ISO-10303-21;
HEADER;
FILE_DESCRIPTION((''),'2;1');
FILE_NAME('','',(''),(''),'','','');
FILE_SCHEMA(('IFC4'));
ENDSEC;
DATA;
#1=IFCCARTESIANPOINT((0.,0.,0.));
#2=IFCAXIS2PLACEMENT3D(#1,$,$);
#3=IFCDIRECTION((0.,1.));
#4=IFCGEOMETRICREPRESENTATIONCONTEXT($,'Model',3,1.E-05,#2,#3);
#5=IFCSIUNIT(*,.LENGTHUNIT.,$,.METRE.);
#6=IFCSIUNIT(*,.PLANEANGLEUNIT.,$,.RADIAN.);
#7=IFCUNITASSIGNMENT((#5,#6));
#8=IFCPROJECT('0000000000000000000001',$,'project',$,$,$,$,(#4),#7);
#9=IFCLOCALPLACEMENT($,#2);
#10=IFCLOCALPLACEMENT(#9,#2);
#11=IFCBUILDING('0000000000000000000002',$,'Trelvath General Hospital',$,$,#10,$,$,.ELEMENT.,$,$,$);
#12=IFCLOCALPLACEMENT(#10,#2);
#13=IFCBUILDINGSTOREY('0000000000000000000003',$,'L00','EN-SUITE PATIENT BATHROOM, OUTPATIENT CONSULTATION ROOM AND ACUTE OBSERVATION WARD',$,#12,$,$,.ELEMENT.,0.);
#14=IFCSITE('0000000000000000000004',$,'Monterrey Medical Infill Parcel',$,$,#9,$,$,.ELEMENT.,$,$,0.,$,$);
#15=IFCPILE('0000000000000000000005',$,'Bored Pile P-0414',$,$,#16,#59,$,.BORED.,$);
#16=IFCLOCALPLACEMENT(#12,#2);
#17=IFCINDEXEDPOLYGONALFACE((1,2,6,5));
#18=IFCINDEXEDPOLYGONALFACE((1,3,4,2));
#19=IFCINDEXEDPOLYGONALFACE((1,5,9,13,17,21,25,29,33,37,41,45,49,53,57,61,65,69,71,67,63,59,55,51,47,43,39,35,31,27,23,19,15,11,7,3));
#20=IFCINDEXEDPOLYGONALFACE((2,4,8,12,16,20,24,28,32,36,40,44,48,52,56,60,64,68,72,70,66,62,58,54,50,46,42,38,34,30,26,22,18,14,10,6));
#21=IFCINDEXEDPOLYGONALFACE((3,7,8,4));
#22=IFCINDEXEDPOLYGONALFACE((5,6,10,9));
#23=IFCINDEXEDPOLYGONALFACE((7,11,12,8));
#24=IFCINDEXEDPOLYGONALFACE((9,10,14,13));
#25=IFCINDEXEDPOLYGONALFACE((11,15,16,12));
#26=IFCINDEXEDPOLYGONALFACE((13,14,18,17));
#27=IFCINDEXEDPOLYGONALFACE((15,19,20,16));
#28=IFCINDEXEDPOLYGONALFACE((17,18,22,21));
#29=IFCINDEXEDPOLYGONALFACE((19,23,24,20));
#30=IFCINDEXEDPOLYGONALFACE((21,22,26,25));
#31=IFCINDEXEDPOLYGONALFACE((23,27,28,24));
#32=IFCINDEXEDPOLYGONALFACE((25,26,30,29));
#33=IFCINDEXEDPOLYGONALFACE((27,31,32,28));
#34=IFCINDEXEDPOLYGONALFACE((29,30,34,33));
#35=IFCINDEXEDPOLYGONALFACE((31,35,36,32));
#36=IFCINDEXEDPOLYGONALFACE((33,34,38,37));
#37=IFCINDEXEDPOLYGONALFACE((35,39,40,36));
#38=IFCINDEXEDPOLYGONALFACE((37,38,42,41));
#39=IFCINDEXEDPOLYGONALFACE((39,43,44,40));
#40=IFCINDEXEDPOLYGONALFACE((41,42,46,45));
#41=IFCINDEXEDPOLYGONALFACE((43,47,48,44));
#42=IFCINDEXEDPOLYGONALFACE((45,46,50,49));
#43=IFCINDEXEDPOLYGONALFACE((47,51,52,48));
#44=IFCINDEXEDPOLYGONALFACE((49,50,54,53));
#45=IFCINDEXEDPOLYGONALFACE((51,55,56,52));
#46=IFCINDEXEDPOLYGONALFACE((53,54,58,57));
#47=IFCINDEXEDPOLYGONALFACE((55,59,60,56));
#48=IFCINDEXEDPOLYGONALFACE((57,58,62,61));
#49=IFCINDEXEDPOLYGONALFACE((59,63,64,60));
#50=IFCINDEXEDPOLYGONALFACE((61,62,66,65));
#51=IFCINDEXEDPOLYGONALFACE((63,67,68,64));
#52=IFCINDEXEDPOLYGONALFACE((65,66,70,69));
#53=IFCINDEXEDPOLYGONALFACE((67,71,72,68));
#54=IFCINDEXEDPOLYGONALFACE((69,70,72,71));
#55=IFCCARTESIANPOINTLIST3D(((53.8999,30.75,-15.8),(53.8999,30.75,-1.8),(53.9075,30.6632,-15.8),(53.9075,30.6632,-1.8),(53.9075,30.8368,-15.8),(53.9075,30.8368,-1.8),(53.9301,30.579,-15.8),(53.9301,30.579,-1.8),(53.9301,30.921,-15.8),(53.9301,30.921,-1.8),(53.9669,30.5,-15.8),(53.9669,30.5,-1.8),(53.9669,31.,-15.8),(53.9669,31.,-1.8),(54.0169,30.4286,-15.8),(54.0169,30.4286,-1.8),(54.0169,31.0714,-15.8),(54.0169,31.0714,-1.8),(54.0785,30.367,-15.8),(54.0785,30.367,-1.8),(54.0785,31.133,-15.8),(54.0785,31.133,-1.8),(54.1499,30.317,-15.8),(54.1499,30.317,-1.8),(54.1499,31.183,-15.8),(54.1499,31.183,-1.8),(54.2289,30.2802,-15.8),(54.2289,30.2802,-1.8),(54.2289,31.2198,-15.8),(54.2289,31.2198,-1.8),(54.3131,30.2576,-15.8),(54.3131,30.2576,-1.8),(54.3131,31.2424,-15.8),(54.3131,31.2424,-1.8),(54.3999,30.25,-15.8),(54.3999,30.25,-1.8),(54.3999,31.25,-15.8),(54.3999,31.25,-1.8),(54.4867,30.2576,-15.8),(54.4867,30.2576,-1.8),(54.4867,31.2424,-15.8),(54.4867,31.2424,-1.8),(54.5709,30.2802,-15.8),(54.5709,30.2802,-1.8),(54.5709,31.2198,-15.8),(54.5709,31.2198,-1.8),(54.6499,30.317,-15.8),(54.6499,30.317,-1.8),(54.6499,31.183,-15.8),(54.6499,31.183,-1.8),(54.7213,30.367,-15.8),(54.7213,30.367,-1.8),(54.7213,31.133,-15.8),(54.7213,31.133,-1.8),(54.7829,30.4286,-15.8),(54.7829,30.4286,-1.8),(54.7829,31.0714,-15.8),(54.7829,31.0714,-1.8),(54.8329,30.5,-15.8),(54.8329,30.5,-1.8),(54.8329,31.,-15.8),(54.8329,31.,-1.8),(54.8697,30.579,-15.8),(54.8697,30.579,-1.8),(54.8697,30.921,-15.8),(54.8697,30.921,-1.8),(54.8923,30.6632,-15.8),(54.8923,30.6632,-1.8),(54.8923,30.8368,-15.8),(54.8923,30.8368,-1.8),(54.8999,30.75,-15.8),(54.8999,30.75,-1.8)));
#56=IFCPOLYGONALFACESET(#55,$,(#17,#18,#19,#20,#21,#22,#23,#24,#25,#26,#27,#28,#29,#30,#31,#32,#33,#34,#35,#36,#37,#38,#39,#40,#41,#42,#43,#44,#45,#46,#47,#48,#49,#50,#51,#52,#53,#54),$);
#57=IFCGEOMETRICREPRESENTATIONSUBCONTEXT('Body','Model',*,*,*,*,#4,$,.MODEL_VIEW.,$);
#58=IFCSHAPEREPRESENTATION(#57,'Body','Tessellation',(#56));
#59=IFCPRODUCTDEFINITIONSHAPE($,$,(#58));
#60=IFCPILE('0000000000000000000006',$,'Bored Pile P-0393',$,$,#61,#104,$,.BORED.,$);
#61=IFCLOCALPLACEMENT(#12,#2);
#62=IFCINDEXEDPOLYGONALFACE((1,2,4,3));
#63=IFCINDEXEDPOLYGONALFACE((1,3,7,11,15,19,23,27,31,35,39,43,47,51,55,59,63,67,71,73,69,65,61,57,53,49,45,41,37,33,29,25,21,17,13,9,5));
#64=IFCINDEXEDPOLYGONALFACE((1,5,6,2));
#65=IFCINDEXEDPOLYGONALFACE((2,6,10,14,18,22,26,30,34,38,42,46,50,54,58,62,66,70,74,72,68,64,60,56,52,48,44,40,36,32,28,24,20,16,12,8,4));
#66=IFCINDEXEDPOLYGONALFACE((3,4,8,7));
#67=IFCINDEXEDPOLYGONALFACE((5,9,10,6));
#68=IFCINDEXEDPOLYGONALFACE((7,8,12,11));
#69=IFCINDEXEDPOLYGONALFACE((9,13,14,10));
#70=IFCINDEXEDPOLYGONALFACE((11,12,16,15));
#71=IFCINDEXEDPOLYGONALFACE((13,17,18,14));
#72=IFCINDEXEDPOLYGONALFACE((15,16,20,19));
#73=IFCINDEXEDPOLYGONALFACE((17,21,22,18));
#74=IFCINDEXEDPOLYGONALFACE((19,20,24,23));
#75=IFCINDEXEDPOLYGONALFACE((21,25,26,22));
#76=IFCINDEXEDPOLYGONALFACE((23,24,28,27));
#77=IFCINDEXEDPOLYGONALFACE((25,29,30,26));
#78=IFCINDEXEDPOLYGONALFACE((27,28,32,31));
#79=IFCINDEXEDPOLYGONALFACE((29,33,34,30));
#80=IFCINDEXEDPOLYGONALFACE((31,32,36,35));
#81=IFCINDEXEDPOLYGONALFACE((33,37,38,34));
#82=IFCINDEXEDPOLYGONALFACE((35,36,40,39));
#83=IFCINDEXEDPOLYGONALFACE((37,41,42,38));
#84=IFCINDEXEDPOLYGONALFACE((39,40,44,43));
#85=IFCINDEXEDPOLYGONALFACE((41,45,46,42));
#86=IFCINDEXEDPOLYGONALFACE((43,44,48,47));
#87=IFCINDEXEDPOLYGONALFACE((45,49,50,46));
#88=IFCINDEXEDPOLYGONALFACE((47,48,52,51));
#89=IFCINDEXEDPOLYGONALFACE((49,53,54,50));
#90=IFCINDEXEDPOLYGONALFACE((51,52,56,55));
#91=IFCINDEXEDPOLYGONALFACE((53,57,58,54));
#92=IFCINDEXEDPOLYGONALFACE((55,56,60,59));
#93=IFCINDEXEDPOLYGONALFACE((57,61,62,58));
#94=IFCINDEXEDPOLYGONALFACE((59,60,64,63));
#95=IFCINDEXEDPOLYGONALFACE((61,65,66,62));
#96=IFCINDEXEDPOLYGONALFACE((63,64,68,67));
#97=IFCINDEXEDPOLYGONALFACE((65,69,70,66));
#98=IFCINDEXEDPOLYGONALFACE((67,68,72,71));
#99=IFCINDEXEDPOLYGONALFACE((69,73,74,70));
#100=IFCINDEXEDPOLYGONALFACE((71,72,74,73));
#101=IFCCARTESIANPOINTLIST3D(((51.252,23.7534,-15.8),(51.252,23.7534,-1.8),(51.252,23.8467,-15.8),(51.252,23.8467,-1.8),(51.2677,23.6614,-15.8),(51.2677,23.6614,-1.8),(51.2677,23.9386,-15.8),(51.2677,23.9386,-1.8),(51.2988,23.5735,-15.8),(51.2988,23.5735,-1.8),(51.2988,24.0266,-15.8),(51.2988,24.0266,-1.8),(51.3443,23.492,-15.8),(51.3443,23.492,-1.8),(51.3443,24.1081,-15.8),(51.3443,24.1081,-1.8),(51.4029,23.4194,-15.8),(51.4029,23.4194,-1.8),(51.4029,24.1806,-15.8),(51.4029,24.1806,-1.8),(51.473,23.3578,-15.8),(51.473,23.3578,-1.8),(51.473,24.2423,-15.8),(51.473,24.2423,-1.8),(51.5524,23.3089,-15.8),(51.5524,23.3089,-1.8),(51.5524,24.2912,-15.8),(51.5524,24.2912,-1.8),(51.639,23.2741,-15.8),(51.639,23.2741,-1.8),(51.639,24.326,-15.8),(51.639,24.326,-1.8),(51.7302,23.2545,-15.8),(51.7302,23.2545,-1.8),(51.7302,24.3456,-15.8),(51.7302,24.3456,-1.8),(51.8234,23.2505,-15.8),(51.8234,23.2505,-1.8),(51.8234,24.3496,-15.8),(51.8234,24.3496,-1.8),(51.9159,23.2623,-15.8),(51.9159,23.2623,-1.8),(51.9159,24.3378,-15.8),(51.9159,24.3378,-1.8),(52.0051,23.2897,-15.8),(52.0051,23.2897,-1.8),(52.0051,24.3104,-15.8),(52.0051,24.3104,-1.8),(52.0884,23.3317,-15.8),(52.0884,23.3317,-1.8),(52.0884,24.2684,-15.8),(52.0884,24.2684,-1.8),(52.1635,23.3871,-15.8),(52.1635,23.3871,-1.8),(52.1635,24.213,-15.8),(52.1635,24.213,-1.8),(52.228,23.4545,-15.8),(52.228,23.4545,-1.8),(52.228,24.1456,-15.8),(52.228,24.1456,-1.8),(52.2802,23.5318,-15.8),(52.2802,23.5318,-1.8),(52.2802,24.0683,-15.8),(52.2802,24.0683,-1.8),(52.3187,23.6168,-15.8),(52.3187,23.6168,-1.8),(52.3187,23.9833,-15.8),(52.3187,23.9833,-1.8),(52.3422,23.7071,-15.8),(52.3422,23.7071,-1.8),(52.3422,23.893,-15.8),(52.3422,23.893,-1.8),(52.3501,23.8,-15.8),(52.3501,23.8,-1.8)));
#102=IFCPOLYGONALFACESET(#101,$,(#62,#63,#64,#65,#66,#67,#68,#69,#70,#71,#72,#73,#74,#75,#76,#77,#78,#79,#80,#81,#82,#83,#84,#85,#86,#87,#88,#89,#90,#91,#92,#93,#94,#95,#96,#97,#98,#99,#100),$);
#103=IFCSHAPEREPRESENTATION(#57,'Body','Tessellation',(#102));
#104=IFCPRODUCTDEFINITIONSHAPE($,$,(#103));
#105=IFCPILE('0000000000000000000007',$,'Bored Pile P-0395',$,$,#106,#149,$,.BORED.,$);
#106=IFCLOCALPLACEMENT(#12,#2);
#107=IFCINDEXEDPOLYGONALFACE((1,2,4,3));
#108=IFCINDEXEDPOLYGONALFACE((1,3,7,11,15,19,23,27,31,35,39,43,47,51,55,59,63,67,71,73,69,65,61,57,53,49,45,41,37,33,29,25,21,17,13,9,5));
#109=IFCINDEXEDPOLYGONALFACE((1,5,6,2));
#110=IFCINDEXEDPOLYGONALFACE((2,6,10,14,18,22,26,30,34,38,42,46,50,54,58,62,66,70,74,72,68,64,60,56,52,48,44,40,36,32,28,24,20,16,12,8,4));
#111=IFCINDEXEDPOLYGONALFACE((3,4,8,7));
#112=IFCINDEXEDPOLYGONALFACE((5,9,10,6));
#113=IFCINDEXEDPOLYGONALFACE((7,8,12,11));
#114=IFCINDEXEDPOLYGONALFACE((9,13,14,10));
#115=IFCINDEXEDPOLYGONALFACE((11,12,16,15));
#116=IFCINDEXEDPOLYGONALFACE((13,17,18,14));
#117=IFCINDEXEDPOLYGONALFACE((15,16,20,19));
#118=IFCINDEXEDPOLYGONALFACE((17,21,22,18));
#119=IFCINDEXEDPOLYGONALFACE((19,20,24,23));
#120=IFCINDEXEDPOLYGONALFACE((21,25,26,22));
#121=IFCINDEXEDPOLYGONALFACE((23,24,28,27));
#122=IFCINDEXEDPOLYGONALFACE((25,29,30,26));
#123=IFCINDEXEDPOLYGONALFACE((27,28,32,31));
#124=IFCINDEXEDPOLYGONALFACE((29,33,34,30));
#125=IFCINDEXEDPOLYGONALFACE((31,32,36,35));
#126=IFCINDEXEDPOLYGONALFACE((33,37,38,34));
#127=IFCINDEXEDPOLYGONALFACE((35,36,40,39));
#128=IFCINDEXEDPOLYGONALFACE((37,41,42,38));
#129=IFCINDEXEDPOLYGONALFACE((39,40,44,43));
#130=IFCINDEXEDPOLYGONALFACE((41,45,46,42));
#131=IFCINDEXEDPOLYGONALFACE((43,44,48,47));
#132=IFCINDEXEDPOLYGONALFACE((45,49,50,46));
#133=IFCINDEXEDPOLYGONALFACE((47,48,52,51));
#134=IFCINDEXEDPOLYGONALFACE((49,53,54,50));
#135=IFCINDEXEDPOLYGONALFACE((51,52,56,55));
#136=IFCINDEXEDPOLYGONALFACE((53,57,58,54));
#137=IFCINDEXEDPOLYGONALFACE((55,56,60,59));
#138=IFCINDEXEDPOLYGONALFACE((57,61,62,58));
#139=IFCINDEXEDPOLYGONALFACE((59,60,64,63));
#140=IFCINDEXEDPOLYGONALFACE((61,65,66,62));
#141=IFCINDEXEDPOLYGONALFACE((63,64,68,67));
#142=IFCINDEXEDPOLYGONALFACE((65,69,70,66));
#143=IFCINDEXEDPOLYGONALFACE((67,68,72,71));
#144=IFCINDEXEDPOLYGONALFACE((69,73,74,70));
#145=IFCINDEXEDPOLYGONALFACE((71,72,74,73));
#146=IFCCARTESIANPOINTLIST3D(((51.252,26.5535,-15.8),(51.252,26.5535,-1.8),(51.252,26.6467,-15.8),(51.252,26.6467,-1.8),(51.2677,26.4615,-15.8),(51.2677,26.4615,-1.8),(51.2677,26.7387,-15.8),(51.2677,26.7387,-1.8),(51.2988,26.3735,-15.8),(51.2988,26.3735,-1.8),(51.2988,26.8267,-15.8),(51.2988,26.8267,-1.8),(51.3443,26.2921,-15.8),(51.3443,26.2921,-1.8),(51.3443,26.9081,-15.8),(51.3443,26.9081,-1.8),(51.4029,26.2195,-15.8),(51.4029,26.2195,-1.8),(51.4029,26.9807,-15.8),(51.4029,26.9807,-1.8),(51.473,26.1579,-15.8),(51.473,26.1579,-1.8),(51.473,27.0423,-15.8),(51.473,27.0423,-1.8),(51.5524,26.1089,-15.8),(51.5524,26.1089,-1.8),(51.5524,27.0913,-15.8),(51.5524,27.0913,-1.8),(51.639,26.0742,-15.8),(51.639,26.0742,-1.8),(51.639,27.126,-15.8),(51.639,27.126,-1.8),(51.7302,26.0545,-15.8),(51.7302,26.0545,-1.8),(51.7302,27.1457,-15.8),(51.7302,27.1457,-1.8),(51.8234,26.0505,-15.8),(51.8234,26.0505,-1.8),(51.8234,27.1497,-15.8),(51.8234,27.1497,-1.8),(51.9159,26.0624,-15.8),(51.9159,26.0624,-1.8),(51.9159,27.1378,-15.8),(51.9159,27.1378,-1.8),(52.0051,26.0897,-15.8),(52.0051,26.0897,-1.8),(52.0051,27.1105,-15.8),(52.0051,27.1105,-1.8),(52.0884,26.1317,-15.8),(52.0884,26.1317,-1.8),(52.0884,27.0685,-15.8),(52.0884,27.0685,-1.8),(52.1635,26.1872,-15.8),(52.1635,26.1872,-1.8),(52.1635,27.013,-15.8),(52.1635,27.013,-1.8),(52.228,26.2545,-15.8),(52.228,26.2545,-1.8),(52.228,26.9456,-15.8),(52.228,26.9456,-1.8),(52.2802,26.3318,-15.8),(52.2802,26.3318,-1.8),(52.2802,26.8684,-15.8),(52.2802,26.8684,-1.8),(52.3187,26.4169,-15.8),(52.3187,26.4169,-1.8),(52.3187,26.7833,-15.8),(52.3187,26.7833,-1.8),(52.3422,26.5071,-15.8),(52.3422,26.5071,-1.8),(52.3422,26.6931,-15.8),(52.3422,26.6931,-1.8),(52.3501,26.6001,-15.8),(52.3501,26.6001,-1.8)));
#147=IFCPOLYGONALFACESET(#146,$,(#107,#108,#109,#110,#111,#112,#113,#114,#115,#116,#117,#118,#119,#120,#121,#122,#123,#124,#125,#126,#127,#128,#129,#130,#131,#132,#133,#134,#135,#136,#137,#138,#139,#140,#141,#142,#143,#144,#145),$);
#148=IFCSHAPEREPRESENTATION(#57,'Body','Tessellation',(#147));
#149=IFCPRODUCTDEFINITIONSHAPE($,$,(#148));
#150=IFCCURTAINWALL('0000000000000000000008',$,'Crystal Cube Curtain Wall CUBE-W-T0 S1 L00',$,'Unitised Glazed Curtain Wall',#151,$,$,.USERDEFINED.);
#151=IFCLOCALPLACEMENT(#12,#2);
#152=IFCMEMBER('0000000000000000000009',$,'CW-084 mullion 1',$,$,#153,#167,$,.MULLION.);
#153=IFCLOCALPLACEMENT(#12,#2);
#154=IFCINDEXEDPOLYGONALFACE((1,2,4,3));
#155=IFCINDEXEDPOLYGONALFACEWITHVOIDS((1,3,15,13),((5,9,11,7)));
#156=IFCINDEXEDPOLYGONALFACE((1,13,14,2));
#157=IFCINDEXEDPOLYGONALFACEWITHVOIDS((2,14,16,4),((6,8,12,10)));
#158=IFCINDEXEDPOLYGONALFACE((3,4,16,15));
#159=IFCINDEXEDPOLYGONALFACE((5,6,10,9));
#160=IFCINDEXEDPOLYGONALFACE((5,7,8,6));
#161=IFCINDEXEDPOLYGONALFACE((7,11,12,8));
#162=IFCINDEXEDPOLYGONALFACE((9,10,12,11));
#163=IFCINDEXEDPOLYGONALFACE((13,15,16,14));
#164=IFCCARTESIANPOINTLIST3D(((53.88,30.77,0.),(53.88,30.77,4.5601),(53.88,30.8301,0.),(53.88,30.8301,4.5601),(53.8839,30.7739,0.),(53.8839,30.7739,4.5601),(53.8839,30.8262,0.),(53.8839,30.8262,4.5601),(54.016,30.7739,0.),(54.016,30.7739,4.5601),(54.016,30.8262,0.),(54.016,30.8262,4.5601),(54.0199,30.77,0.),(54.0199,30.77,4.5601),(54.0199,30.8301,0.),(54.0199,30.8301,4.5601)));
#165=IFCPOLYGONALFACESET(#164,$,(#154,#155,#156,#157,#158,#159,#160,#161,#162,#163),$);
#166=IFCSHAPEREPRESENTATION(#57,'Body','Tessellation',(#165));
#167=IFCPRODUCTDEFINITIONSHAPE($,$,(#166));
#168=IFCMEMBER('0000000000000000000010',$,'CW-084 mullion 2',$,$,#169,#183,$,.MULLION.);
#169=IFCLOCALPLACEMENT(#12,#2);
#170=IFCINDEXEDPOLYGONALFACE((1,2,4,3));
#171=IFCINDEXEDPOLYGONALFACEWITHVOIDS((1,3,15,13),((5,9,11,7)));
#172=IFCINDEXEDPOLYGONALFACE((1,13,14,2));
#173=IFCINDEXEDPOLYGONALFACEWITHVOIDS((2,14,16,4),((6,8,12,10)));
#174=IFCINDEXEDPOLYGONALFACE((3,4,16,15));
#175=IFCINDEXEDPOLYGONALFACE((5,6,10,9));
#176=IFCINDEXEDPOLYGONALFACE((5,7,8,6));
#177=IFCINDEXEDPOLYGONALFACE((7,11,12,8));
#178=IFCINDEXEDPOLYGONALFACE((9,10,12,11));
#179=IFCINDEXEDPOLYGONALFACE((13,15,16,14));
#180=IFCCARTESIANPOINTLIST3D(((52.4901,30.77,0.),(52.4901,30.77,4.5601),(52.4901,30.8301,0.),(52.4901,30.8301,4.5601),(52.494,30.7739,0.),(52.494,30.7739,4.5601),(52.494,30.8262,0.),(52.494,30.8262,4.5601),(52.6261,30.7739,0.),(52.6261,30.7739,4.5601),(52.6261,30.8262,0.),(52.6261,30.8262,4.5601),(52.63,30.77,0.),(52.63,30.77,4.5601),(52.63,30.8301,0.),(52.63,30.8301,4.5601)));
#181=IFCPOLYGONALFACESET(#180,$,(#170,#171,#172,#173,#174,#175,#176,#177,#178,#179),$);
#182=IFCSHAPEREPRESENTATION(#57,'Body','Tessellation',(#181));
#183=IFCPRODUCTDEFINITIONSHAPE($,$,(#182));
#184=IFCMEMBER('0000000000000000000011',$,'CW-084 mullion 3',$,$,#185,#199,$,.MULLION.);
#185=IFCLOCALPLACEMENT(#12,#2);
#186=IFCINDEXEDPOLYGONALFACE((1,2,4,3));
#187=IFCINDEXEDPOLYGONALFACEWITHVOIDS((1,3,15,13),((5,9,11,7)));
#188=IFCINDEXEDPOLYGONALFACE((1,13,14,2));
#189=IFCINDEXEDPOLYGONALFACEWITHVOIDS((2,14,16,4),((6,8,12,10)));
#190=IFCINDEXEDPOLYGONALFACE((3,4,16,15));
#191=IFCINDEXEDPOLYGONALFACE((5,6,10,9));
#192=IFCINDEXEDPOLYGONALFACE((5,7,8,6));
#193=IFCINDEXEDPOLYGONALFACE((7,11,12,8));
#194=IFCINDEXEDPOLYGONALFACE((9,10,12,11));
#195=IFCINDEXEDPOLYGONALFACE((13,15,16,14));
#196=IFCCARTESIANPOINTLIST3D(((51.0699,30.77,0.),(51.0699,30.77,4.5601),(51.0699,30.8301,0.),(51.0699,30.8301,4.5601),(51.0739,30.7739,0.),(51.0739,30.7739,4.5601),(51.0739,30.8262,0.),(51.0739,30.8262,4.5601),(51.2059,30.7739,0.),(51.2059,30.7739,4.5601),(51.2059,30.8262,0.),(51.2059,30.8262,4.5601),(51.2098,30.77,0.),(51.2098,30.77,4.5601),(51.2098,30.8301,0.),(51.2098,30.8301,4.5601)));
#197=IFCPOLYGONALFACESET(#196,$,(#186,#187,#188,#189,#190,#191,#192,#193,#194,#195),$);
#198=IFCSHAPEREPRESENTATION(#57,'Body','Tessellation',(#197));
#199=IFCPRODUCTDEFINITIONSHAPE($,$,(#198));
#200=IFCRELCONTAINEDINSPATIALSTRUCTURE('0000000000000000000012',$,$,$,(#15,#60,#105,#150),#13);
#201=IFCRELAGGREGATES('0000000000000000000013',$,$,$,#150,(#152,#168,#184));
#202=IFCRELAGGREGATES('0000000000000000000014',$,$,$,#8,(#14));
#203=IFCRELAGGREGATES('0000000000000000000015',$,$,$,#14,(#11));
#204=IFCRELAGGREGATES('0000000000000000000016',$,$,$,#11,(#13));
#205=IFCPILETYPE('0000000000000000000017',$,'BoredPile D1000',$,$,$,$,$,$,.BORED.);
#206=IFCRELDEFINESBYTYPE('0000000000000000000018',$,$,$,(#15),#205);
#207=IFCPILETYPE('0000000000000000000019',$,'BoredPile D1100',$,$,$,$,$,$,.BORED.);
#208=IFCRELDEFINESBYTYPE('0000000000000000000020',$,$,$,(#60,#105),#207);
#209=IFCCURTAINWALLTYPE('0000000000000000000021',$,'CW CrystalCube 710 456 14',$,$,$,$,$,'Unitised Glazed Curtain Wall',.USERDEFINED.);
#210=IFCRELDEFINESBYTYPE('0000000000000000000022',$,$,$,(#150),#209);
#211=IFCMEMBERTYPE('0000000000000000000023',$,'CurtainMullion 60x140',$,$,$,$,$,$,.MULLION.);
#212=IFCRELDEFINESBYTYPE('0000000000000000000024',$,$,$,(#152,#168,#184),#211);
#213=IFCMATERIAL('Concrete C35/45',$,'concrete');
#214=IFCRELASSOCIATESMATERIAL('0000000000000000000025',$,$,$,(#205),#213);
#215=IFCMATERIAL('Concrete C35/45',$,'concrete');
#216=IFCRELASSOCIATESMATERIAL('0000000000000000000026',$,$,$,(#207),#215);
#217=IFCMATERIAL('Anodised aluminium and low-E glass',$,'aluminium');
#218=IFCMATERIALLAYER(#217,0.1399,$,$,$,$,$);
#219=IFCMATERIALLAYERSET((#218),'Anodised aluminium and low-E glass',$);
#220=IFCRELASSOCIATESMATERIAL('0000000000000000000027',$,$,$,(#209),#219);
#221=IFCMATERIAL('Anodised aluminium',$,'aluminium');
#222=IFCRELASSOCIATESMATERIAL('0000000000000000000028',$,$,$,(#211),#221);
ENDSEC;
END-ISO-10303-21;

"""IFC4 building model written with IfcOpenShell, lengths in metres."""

from ifc_helpers import new_model, si_unit, direction, frame, origin, origin_2d, place, context, subcontext, project, spatial, hollow_rectangle, circle, extrude, material, layer, layer_set, material_profile, profile_set, type_object, element, aggregate, save


model = new_model("IFC4")

# Units and contexts
model_context = context("Model", 3, precision=1e-05, world=origin(), true_north=direction((0.0, 1.0)))
body_context = subcontext(model_context, "Body", "Model", "MODEL_VIEW")
ifc_project = project(units=[si_unit("LENGTHUNIT", "METRE"), si_unit("PLANEANGLEUNIT", "RADIAN")], contexts=[model_context])

# Site, building, storey
site_placement = place(None, origin())
site = spatial("IfcSite", under=ifc_project, at=site_placement, Name="Monterrey Medical Infill Parcel", CompositionType="ELEMENT", RefElevation=0.0)
building_placement = place(site_placement, origin())
building = spatial("IfcBuilding", under=site, at=building_placement, Name="Trelvath General Hospital", CompositionType="ELEMENT")
storey_placement = place(building_placement, origin())
storey = spatial("IfcBuildingStorey", under=building, at=storey_placement, Name="L00", Description="EN-SUITE PATIENT BATHROOM, OUTPATIENT CONSULTATION ROOM AND ACUTE OBSERVATION WARD", CompositionType="ELEMENT", Elevation=0.0)

# Piles
ifc_material_1 = material(Name="Concrete C35/45", Category="concrete")
ifc_material_profile_1 = material_profile(ifc_material_1, circle(Radius=0.5, at=origin_2d()), Name="PILE1000")
ifc_profile_set_1 = profile_set([ifc_material_profile_1], Name="Concrete C35/45")
pile_type_1 = type_object("IfcPileType", Name="BoredPile D1000", PredefinedType="BORED", material=ifc_profile_set_1)
pile_placement = place(storey_placement, frame((54.3999, 30.75, -1.8), z_axis=(0.0, 0.0, -1.0), x_axis=(1.0, 0.0, 0.0)))
element("IfcPile", 1, at=pile_placement, inside=storey, type_object=pile_type_1, Name="Bored Pile P-0414", PredefinedType="BORED", context=body_context, shape_type="SweptSolid", body=[
    extrude(circle(Radius=0.5, at=origin_2d()), origin(), (0.0, 0.0, 1.0), 14.0),
])
ifc_material_2 = material(Name="Concrete C35/45", Category="concrete")
ifc_material_profile_2 = material_profile(ifc_material_2, circle(Radius=0.55, at=origin_2d()), Name="PILE1100")
ifc_profile_set_2 = profile_set([ifc_material_profile_2], Name="Concrete C35/45")
pile_type_2 = type_object("IfcPileType", Name="BoredPile D1100", PredefinedType="BORED", material=ifc_profile_set_2)
for number, where, z_axis, x_axis, name in (
    (2, (51.8, 23.8, -1.8), (0.0, 0.0, -1.0), (1.0, 0.0, 0.0), "Bored Pile P-0393"),
    (3, (51.8, 26.6001, -1.8), (0.0, 0.0, -1.0), (1.0, 0.0, 0.0), "Bored Pile P-0395"),
):
    element("IfcPile", number, at=place(storey_placement, frame(where, z_axis=z_axis, x_axis=x_axis)), inside=storey, type_object=pile_type_2, Name=name, PredefinedType="BORED", context=body_context, shape_type="SweptSolid", body=[
        extrude(circle(Radius=0.55, at=origin_2d()), origin(), (0.0, 0.0, 1.0), 14.0),
    ])

# Curtain wall, members
ifc_material_3 = material(Name="Anodised aluminium and low-E glass", Category="aluminium")
ifc_layer_1 = layer(ifc_material_3, 0.1399)
ifc_layer_set_1 = layer_set([ifc_layer_1], Name="Anodised aluminium and low-E glass")
curtain_wall_type_1 = type_object("IfcCurtainWallType", Name="CW CrystalCube 710 456 14", ElementType="Unitised Glazed Curtain Wall", PredefinedType="USERDEFINED", material=ifc_layer_set_1)
curtain_wall_1_placement = place(storey_placement, origin())
curtain_wall_1 = element("IfcCurtainWall", 4, at=curtain_wall_1_placement, inside=storey, type_object=curtain_wall_type_1, Name="Crystal Cube Curtain Wall CUBE-W-T0 S1 L00", ObjectType="Unitised Glazed Curtain Wall", PredefinedType="USERDEFINED")
ifc_material_4 = material(Name="Anodised aluminium", Category="aluminium")
ifc_material_profile_3 = material_profile(ifc_material_4, hollow_rectangle(XDim=0.0601, YDim=0.1399, WallThickness=0.0039, at=origin_2d()), Name="RHS60x140x4")
ifc_profile_set_3 = profile_set([ifc_material_profile_3], Name="Anodised aluminium")
member_type_1 = type_object("IfcMemberType", Name="CurtainMullion 60x140", PredefinedType="MULLION", material=ifc_profile_set_3)
member_1_placement = place(storey_placement, frame((53.95, 30.8, 0.0), z_axis=(0.0, 0.0, 1.0), x_axis=(0.0, -1.0, 0.0)))
member_1 = element("IfcMember", 5, at=member_1_placement, type_object=member_type_1, Name="CW-084 mullion 1", PredefinedType="MULLION", context=body_context, shape_type="SweptSolid", body=[
    extrude(hollow_rectangle(XDim=0.0601, YDim=0.1399, WallThickness=0.0039, at=origin_2d()), origin(), (0.0, 0.0, 1.0), 4.5601),
])
member_2_placement = place(storey_placement, frame((52.5601, 30.8, 0.0), z_axis=(0.0, 0.0, 1.0), x_axis=(0.0, -1.0, 0.0)))
member_2 = element("IfcMember", 6, at=member_2_placement, type_object=member_type_1, Name="CW-084 mullion 2", PredefinedType="MULLION", context=body_context, shape_type="SweptSolid", body=[
    extrude(hollow_rectangle(XDim=0.0601, YDim=0.1399, WallThickness=0.0039, at=origin_2d()), origin(), (0.0, 0.0, 1.0), 4.5601),
])
member_3_placement = place(storey_placement, frame((51.1399, 30.8, 0.0), z_axis=(0.0, 0.0, 1.0), x_axis=(0.0, -1.0, 0.0)))
member_3 = element("IfcMember", 7, at=member_3_placement, type_object=member_type_1, Name="CW-084 mullion 3", PredefinedType="MULLION", context=body_context, shape_type="SweptSolid", body=[
    extrude(hollow_rectangle(XDim=0.0601, YDim=0.1399, WallThickness=0.0039, at=origin_2d()), origin(), (0.0, 0.0, 1.0), 4.5601),
])

aggregate(curtain_wall_1, [member_1, member_2, member_3])

save(model, "model.ifc")
